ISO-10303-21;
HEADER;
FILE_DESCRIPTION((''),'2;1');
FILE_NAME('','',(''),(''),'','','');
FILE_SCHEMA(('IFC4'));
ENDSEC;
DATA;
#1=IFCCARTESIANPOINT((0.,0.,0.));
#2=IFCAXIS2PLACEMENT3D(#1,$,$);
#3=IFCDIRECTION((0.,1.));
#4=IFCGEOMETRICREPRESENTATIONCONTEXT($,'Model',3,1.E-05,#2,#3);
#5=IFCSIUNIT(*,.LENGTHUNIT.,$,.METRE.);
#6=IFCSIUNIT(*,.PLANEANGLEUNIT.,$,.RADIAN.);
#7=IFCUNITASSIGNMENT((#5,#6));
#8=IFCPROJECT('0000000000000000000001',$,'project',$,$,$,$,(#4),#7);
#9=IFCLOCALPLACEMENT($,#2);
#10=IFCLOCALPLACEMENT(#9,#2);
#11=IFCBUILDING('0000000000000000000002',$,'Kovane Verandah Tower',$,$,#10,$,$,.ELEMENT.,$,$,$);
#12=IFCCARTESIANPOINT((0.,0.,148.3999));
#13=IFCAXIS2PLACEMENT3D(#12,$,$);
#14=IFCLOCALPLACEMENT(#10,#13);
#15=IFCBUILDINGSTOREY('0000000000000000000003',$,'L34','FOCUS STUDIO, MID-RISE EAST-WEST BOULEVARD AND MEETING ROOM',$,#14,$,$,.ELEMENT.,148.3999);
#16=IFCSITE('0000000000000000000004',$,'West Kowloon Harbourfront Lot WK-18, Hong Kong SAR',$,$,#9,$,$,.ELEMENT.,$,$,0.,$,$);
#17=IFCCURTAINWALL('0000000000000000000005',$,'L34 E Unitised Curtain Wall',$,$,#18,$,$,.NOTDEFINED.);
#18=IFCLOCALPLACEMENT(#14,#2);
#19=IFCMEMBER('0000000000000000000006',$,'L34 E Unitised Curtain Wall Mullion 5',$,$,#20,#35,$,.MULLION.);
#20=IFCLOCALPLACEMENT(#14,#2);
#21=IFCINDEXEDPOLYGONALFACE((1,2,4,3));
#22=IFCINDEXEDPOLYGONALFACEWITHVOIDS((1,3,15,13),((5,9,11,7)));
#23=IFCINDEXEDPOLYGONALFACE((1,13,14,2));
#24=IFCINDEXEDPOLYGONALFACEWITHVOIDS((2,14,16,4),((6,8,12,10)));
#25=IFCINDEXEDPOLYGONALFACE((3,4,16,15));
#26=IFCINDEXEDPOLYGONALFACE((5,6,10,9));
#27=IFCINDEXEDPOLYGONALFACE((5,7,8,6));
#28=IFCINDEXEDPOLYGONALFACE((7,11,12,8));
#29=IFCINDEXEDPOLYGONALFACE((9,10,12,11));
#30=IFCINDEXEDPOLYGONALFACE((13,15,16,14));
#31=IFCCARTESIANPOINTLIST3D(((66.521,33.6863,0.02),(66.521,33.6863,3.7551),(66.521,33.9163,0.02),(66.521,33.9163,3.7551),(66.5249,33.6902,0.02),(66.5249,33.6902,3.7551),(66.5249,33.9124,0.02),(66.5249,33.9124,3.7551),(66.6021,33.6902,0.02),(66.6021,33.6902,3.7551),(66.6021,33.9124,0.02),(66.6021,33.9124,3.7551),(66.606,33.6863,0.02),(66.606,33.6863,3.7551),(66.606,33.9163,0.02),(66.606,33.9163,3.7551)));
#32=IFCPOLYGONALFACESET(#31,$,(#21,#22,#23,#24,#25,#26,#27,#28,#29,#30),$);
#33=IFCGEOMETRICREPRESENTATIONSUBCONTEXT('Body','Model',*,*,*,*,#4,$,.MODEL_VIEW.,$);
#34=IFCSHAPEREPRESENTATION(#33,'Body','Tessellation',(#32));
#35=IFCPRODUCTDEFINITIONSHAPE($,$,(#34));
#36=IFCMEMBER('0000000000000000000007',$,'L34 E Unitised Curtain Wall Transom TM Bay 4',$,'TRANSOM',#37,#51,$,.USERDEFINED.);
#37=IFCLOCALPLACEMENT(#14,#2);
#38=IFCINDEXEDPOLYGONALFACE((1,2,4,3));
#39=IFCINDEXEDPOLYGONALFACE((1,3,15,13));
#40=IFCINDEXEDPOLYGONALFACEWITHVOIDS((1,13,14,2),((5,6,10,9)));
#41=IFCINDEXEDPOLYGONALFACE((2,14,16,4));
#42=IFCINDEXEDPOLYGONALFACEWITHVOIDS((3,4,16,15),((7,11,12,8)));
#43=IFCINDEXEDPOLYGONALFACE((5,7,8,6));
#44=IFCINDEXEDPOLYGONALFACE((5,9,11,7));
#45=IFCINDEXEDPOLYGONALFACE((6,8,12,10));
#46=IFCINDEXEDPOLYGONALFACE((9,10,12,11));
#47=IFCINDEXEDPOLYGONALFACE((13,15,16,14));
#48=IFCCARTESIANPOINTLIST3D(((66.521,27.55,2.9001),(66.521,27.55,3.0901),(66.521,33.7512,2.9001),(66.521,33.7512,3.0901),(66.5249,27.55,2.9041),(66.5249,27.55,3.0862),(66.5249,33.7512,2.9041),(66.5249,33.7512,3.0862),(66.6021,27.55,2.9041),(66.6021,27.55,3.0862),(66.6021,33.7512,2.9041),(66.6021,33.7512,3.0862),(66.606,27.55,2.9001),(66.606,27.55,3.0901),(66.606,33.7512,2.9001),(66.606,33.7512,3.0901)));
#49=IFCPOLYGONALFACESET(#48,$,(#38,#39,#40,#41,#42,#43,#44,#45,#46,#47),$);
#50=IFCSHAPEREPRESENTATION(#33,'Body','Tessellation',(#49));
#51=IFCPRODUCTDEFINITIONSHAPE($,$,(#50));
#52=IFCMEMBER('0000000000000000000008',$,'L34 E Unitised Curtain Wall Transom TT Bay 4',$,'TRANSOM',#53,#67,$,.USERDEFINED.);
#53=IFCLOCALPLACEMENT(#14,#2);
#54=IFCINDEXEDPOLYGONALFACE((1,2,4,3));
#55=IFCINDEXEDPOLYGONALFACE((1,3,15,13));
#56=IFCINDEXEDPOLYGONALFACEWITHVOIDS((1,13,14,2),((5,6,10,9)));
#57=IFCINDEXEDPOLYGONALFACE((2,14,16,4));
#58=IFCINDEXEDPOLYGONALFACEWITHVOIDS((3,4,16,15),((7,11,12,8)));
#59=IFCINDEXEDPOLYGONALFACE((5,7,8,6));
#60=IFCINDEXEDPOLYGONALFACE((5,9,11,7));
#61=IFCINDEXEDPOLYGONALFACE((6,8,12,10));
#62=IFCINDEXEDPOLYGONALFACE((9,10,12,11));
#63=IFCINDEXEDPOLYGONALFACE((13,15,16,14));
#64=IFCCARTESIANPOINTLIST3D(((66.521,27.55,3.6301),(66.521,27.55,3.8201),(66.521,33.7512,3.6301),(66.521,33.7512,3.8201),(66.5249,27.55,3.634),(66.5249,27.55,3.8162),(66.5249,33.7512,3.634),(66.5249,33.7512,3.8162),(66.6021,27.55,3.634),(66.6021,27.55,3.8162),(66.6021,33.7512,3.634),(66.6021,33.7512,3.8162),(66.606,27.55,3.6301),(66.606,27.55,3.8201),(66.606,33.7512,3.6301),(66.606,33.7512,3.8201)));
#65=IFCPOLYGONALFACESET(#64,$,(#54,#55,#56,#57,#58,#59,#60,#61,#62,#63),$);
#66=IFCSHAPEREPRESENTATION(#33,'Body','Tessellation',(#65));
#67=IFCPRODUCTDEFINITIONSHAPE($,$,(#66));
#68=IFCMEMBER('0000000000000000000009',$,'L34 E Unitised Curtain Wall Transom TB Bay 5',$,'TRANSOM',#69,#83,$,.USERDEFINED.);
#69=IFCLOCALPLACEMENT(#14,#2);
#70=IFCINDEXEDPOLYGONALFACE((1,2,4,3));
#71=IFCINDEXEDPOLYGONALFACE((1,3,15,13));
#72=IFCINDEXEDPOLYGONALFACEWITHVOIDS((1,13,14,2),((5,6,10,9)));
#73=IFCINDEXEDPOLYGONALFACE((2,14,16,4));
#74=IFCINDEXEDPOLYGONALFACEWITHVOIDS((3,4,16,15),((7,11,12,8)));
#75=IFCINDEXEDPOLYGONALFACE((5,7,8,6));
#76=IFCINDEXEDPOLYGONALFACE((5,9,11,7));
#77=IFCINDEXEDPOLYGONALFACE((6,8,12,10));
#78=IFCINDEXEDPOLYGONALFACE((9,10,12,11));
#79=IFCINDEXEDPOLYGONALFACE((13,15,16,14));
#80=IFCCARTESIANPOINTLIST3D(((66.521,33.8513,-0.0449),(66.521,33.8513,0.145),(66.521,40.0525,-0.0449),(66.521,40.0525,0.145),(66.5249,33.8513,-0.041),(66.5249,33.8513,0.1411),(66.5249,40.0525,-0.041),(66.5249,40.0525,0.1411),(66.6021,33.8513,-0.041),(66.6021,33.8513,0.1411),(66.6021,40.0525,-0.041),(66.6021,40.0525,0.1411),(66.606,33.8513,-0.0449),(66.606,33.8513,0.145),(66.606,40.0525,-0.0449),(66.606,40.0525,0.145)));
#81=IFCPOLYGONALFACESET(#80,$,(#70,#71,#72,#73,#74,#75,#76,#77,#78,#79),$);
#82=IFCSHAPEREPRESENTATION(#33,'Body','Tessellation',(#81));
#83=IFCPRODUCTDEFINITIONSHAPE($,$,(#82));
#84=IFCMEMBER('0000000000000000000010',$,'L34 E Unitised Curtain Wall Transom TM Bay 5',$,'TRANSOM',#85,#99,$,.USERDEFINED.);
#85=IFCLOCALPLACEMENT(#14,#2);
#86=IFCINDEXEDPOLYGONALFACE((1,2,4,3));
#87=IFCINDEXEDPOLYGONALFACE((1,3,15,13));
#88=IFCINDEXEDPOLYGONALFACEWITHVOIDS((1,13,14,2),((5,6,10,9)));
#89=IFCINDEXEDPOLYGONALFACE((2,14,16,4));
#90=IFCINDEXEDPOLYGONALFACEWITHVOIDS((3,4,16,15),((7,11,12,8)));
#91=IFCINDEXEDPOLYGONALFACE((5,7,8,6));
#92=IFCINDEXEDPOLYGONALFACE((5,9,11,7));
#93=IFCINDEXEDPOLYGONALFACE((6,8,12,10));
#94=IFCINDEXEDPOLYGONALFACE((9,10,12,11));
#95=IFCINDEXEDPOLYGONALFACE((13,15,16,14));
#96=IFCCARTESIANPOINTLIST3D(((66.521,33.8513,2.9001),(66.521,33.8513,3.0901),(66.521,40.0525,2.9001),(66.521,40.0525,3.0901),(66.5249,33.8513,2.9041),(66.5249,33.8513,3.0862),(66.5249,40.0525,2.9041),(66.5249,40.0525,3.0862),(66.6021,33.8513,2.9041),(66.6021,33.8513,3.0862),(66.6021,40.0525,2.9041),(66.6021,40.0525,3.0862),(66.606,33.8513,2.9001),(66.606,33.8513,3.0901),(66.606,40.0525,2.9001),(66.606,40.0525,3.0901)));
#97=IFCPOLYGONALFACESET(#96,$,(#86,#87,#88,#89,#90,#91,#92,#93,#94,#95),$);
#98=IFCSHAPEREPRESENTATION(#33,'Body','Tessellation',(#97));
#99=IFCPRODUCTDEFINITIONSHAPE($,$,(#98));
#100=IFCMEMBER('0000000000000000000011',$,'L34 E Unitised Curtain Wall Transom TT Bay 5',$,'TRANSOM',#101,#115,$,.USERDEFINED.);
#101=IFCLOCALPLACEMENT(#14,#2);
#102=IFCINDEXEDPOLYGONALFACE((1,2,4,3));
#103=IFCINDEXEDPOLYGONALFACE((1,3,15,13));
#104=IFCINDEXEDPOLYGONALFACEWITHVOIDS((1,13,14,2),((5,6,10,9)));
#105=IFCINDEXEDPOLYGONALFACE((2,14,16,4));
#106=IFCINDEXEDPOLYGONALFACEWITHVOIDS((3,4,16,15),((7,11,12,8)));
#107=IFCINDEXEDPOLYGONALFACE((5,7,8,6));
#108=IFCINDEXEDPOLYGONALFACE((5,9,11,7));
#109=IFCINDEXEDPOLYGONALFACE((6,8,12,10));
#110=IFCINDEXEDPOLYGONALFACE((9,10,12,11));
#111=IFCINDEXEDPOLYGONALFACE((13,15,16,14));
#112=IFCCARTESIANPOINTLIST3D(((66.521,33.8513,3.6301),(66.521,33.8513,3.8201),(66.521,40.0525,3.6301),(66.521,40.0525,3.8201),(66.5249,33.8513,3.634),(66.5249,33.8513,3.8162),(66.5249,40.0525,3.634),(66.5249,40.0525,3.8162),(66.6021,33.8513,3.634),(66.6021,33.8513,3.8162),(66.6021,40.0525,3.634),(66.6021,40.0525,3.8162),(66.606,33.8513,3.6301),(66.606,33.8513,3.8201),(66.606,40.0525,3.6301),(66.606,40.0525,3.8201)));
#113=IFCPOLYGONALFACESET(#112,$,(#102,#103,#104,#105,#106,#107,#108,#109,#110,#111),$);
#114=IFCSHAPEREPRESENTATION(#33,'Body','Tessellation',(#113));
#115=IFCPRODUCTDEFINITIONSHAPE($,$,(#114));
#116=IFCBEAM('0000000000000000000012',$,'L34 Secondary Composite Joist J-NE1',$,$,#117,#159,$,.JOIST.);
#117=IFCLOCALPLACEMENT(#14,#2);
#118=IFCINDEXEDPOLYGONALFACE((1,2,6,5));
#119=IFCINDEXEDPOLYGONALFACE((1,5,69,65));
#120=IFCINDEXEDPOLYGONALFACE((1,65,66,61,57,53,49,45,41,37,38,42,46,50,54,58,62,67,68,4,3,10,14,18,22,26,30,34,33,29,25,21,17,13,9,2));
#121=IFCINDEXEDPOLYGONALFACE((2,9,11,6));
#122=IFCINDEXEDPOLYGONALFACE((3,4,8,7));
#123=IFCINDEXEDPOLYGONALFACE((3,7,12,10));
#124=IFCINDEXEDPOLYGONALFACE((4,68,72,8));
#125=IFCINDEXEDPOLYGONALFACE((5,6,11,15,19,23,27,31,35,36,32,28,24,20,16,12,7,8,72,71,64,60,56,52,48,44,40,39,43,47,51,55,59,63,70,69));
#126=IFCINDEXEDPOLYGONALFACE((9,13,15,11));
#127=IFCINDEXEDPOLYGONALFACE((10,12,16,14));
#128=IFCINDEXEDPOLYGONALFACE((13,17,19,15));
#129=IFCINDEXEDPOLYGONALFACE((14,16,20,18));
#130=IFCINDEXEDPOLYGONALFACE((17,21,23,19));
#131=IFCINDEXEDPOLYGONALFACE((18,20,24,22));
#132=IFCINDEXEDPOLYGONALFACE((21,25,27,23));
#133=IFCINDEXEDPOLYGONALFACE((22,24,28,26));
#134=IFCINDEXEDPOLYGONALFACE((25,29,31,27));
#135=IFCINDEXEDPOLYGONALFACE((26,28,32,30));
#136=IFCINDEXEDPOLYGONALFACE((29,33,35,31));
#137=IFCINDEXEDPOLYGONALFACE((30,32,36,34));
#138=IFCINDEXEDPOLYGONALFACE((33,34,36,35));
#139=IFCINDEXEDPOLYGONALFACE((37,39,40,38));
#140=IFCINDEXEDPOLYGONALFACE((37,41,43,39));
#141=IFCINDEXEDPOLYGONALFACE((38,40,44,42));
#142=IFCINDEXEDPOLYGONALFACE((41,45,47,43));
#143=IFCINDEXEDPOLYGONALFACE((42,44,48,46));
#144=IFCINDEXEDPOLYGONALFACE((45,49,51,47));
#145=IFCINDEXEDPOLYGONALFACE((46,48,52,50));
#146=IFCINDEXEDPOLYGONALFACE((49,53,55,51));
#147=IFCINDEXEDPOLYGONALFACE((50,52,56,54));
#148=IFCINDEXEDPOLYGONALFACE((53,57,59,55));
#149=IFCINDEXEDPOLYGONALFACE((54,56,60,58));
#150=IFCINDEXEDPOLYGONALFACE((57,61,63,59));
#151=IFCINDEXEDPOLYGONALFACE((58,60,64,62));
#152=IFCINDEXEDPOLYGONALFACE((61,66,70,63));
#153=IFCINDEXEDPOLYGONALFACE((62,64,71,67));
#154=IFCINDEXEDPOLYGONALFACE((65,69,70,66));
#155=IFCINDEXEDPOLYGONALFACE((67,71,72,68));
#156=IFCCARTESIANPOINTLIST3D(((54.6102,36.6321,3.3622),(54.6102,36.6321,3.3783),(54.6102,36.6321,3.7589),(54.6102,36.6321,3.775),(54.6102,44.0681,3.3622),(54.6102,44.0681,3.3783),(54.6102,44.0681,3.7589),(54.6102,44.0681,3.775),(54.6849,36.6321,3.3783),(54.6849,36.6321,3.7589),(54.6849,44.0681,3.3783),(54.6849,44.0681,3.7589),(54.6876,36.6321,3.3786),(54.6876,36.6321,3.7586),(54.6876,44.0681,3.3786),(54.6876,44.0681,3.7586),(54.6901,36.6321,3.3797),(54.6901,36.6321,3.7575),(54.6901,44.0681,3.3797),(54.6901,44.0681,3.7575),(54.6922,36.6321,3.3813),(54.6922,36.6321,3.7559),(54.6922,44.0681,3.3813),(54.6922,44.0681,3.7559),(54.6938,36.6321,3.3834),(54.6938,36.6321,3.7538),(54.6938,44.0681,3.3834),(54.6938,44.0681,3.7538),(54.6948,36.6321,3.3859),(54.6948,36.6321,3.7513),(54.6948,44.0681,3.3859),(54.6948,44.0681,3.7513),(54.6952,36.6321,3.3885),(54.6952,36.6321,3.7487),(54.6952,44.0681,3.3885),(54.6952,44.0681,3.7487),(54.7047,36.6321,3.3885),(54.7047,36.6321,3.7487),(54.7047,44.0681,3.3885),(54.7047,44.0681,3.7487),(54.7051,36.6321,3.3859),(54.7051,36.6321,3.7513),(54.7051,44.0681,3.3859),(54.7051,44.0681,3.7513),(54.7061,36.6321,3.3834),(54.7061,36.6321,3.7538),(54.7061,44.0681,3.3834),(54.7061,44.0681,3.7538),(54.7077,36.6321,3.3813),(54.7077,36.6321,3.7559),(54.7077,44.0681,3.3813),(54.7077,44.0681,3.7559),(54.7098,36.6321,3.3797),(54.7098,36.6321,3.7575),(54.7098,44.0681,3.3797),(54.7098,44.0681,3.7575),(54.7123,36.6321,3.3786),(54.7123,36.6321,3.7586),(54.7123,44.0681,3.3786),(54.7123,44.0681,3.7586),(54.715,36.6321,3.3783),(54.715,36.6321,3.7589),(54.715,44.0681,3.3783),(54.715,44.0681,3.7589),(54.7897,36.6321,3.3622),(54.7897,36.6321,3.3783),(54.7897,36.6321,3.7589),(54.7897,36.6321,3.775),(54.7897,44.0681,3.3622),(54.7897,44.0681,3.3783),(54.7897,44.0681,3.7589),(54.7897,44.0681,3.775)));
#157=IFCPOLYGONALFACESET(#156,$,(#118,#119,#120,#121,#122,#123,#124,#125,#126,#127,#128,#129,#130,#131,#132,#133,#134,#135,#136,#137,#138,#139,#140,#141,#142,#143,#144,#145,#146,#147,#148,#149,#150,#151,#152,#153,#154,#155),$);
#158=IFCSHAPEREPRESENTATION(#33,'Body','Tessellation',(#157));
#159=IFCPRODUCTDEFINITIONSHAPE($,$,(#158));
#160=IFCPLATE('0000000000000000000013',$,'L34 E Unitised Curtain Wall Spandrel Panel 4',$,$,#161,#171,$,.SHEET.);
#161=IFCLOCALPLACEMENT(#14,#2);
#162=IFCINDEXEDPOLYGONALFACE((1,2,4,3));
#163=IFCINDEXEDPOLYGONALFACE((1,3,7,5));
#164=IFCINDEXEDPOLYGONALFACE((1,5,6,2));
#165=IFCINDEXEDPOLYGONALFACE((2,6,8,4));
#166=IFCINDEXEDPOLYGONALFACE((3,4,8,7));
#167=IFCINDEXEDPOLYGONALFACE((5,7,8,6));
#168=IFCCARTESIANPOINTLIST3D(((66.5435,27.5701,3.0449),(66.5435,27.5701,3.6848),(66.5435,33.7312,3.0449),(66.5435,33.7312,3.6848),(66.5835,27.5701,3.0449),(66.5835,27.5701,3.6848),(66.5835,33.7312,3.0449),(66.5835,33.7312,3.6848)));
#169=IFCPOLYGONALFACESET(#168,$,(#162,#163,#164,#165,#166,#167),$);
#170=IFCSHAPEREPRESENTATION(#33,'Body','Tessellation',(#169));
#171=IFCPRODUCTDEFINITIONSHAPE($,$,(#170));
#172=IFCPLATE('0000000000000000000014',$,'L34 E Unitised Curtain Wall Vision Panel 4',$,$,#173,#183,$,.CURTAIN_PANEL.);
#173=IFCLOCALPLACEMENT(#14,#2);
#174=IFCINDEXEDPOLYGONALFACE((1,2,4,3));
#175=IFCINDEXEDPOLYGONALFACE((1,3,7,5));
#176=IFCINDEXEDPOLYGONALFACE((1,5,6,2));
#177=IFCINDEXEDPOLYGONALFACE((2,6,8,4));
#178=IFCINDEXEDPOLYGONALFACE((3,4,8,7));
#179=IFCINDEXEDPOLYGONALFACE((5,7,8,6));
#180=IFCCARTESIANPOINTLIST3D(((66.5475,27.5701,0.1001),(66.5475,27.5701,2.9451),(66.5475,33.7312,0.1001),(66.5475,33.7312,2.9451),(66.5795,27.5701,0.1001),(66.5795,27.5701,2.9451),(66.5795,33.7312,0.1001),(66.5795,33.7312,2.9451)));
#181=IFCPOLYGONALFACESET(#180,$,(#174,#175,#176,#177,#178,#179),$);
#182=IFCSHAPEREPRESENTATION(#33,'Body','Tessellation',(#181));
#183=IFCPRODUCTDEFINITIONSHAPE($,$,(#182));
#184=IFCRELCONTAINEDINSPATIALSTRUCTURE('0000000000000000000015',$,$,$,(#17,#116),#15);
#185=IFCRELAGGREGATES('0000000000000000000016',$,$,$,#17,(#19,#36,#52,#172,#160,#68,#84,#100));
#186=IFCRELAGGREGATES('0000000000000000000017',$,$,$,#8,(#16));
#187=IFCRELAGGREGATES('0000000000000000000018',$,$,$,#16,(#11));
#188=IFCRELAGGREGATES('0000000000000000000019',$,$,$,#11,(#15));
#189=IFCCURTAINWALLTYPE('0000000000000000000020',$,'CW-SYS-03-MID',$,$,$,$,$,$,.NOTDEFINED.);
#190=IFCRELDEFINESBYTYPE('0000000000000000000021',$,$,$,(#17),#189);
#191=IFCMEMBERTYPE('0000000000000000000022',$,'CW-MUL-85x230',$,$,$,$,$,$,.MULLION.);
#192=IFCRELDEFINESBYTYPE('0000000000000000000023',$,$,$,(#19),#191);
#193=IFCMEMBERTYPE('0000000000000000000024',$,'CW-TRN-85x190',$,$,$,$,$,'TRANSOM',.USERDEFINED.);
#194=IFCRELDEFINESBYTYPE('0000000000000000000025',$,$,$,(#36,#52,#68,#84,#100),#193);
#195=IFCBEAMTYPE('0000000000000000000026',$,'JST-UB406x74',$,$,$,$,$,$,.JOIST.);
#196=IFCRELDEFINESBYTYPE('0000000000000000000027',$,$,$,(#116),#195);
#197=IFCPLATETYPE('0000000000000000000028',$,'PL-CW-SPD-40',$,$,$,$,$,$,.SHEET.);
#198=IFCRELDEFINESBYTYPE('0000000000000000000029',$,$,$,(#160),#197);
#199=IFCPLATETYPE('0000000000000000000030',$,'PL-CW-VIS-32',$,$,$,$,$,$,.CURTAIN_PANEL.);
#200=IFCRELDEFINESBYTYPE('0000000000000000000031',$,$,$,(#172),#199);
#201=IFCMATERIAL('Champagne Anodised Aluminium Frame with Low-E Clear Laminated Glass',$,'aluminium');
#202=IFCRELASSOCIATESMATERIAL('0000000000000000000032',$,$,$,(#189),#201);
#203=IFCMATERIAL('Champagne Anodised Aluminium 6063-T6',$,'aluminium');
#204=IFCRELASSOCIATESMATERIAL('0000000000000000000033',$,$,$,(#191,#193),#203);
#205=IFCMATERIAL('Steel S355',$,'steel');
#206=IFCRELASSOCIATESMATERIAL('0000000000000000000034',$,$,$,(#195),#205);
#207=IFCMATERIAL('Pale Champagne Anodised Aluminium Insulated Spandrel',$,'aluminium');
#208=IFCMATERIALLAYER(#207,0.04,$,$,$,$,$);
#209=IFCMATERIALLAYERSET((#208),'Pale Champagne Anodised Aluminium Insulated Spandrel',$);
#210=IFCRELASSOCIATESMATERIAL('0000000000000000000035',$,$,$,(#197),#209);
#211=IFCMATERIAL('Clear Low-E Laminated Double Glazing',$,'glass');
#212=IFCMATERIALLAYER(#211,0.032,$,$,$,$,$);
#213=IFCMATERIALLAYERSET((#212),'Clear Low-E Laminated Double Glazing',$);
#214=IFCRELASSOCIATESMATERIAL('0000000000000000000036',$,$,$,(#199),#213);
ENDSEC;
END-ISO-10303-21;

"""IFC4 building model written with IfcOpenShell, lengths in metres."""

from ifc_helpers import new_model, si_unit, direction, frame, origin, origin_2d, place, context, subcontext, project, spatial, rectangle, hollow_rectangle, i_section, extrude, material, layer, layer_set, material_profile, profile_set, type_object, element, aggregate, save


model = new_model("IFC4")

# Units and contexts
model_context = context("Model", 3, precision=1e-05, world=origin(), true_north=direction((0.0, 1.0)))
body_context = subcontext(model_context, "Body", "Model", "MODEL_VIEW")
ifc_project = project(units=[si_unit("LENGTHUNIT", "METRE"), si_unit("PLANEANGLEUNIT", "RADIAN")], contexts=[model_context])

# Site, building, storey
site_placement = place(None, origin())
site = spatial("IfcSite", under=ifc_project, at=site_placement, Name="West Kowloon Harbourfront Lot WK-18, Hong Kong SAR", CompositionType="ELEMENT", RefElevation=0.0)
building_placement = place(site_placement, origin())
building = spatial("IfcBuilding", under=site, at=building_placement, Name="Kovane Verandah Tower", CompositionType="ELEMENT")
storey_placement = place(building_placement, frame((0.0, 0.0, 148.3999)))
storey = spatial("IfcBuildingStorey", under=building, at=storey_placement, Name="L34", Description="FOCUS STUDIO, MID-RISE EAST-WEST BOULEVARD AND MEETING ROOM", CompositionType="ELEMENT", Elevation=148.3999)

# Shared definitions
ifc_material_1 = material(Name="Steel S355", Category="steel")

# Curtain wall, members
ifc_material_2 = material(Name="Champagne Anodised Aluminium Frame with Low-E Clear Laminated Glass", Category="aluminium")
curtain_wall_type = type_object("IfcCurtainWallType", Name="CW-SYS-03-MID", PredefinedType="NOTDEFINED", material=ifc_material_2)
curtain_wall_placement = place(storey_placement, origin())
curtain_wall = element("IfcCurtainWall", 1, at=curtain_wall_placement, inside=storey, type_object=curtain_wall_type, Name="L34 E Unitised Curtain Wall", PredefinedType="NOTDEFINED")
ifc_material_3 = material(Name="Champagne Anodised Aluminium 6063-T6", Category="aluminium")
ifc_material_profile_1 = material_profile(ifc_material_3, hollow_rectangle(XDim=0.085, YDim=0.23, WallThickness=0.0039, at=origin_2d()), Name="AL85x230x4")
ifc_profile_set_1 = profile_set([ifc_material_profile_1], Name="Champagne Anodised Aluminium 6063-T6")
member_type_1 = type_object("IfcMemberType", Name="CW-MUL-85x230", PredefinedType="MULLION", material=ifc_profile_set_1)
member_1_placement = place(storey_placement, frame((66.5635, 33.8013, 0.02), z_axis=(0.0, 0.0, 1.0), x_axis=(1.0, 0.0, 0.0)))
member_1 = element("IfcMember", 2, at=member_1_placement, type_object=member_type_1, Name="L34 E Unitised Curtain Wall Mullion 5", PredefinedType="MULLION", context=body_context, shape_type="SweptSolid", body=[
    extrude(hollow_rectangle(XDim=0.085, YDim=0.23, WallThickness=0.0039, at=origin_2d()), origin(), (0.0, 0.0, 1.0), 3.7351),
])
ifc_material_profile_2 = material_profile(ifc_material_3, hollow_rectangle(XDim=0.085, YDim=0.1899, WallThickness=0.0039, at=origin_2d()), Name="AL85x190x4")
ifc_profile_set_2 = profile_set([ifc_material_profile_2], Name="Champagne Anodised Aluminium 6063-T6")
member_type_2 = type_object("IfcMemberType", Name="CW-TRN-85x190", ElementType="TRANSOM", PredefinedType="USERDEFINED", material=ifc_profile_set_2)
member_2_placement = place(storey_placement, frame((66.5635, 27.55, 2.9951), z_axis=(0.0, 1.0, 0.0), x_axis=(-1.0, 0.0, 0.0)))
member_2 = element("IfcMember", 3, at=member_2_placement, type_object=member_type_2, Name="L34 E Unitised Curtain Wall Transom TM Bay 4", ObjectType="TRANSOM", PredefinedType="USERDEFINED", context=body_context, shape_type="SweptSolid", body=[
    extrude(hollow_rectangle(XDim=0.085, YDim=0.1899, WallThickness=0.0039, at=origin_2d()), origin(), (0.0, 0.0, 1.0), 6.2012),
])
member_3_placement = place(storey_placement, frame((66.5635, 27.55, 3.7251), z_axis=(0.0, 1.0, 0.0), x_axis=(-1.0, 0.0, 0.0)))
member_3 = element("IfcMember", 4, at=member_3_placement, type_object=member_type_2, Name="L34 E Unitised Curtain Wall Transom TT Bay 4", ObjectType="TRANSOM", PredefinedType="USERDEFINED", context=body_context, shape_type="SweptSolid", body=[
    extrude(hollow_rectangle(XDim=0.085, YDim=0.1899, WallThickness=0.0039, at=origin_2d()), origin(), (0.0, 0.0, 1.0), 6.2012),
])
member_4_placement = place(storey_placement, frame((66.5635, 33.8513, 0.05), z_axis=(0.0, 1.0, 0.0), x_axis=(-1.0, 0.0, 0.0)))
member_4 = element("IfcMember", 5, at=member_4_placement, type_object=member_type_2, Name="L34 E Unitised Curtain Wall Transom TB Bay 5", ObjectType="TRANSOM", PredefinedType="USERDEFINED", context=body_context, shape_type="SweptSolid", body=[
    extrude(hollow_rectangle(XDim=0.085, YDim=0.1899, WallThickness=0.0039, at=origin_2d()), origin(), (0.0, 0.0, 1.0), 6.2012),
])
member_5_placement = place(storey_placement, frame((66.5635, 33.8513, 2.9951), z_axis=(0.0, 1.0, 0.0), x_axis=(-1.0, 0.0, 0.0)))
member_5 = element("IfcMember", 6, at=member_5_placement, type_object=member_type_2, Name="L34 E Unitised Curtain Wall Transom TM Bay 5", ObjectType="TRANSOM", PredefinedType="USERDEFINED", context=body_context, shape_type="SweptSolid", body=[
    extrude(hollow_rectangle(XDim=0.085, YDim=0.1899, WallThickness=0.0039, at=origin_2d()), origin(), (0.0, 0.0, 1.0), 6.2012),
])
member_6_placement = place(storey_placement, frame((66.5635, 33.8513, 3.7251), z_axis=(0.0, 1.0, 0.0), x_axis=(-1.0, 0.0, 0.0)))
member_6 = element("IfcMember", 7, at=member_6_placement, type_object=member_type_2, Name="L34 E Unitised Curtain Wall Transom TT Bay 5", ObjectType="TRANSOM", PredefinedType="USERDEFINED", context=body_context, shape_type="SweptSolid", body=[
    extrude(hollow_rectangle(XDim=0.085, YDim=0.1899, WallThickness=0.0039, at=origin_2d()), origin(), (0.0, 0.0, 1.0), 6.2012),
])

# Beam
ifc_material_profile_3 = material_profile(ifc_material_1, i_section(OverallWidth=0.1794, OverallDepth=0.4128, WebThickness=0.0095, FlangeThickness=0.0161, FilletRadius=0.0103, at=origin_2d()), Name="UB406x178x74")
ifc_profile_set_3 = profile_set([ifc_material_profile_3], Name="Steel S355")
beam_type_1 = type_object("IfcBeamType", Name="JST-UB406x74", PredefinedType="JOIST", material=ifc_profile_set_3)
beam_1_placement = place(storey_placement, frame((54.7, 36.6321, 3.5686), z_axis=(0.0, 1.0, 0.0), x_axis=(-1.0, 0.0, 0.0)))
element("IfcBeam", 8, at=beam_1_placement, inside=storey, type_object=beam_type_1, Name="L34 Secondary Composite Joist J-NE1", PredefinedType="JOIST", context=body_context, shape_type="SweptSolid", body=[
    extrude(i_section(OverallWidth=0.1794, OverallDepth=0.4128, WebThickness=0.0095, FlangeThickness=0.0161, FilletRadius=0.0103, at=origin_2d()), origin(), (0.0, 0.0, 1.0), 7.436),
])

# Plates
ifc_material_4 = material(Name="Pale Champagne Anodised Aluminium Insulated Spandrel", Category="aluminium")
ifc_layer_1 = layer(ifc_material_4, 0.04)
ifc_layer_set_1 = layer_set([ifc_layer_1], Name="Pale Champagne Anodised Aluminium Insulated Spandrel")
plate_type_1 = type_object("IfcPlateType", Name="PL-CW-SPD-40", PredefinedType="SHEET", material=ifc_layer_set_1)
plate_1_placement = place(storey_placement, frame((66.5635, 30.6506, 3.0449), z_axis=(0.0, 0.0, 1.0), x_axis=(0.0, 1.0, 0.0)))
plate_1 = element("IfcPlate", 9, at=plate_1_placement, type_object=plate_type_1, Name="L34 E Unitised Curtain Wall Spandrel Panel 4", PredefinedType="SHEET", context=body_context, shape_type="SweptSolid", body=[
    extrude(rectangle(XDim=6.1611, YDim=0.04, at=origin_2d()), origin(), (0.0, 0.0, 1.0), 0.6399),
])
ifc_material_5 = material(Name="Clear Low-E Laminated Double Glazing", Category="glass")
ifc_layer_2 = layer(ifc_material_5, 0.032)
ifc_layer_set_2 = layer_set([ifc_layer_2], Name="Clear Low-E Laminated Double Glazing")
plate_type_2 = type_object("IfcPlateType", Name="PL-CW-VIS-32", PredefinedType="CURTAIN_PANEL", material=ifc_layer_set_2)
plate_2_placement = place(storey_placement, frame((66.5635, 30.6506, 0.1001), z_axis=(0.0, 0.0, 1.0), x_axis=(0.0, 1.0, 0.0)))
plate_2 = element("IfcPlate", 10, at=plate_2_placement, type_object=plate_type_2, Name="L34 E Unitised Curtain Wall Vision Panel 4", PredefinedType="CURTAIN_PANEL", context=body_context, shape_type="SweptSolid", body=[
    extrude(rectangle(XDim=6.1611, YDim=0.032, at=origin_2d()), origin(), (0.0, 0.0, 1.0), 2.845),
])
aggregate(curtain_wall, [member_1, member_2, member_3, plate_2, plate_1, member_4, member_5, member_6])

save(model, "model.ifc")
